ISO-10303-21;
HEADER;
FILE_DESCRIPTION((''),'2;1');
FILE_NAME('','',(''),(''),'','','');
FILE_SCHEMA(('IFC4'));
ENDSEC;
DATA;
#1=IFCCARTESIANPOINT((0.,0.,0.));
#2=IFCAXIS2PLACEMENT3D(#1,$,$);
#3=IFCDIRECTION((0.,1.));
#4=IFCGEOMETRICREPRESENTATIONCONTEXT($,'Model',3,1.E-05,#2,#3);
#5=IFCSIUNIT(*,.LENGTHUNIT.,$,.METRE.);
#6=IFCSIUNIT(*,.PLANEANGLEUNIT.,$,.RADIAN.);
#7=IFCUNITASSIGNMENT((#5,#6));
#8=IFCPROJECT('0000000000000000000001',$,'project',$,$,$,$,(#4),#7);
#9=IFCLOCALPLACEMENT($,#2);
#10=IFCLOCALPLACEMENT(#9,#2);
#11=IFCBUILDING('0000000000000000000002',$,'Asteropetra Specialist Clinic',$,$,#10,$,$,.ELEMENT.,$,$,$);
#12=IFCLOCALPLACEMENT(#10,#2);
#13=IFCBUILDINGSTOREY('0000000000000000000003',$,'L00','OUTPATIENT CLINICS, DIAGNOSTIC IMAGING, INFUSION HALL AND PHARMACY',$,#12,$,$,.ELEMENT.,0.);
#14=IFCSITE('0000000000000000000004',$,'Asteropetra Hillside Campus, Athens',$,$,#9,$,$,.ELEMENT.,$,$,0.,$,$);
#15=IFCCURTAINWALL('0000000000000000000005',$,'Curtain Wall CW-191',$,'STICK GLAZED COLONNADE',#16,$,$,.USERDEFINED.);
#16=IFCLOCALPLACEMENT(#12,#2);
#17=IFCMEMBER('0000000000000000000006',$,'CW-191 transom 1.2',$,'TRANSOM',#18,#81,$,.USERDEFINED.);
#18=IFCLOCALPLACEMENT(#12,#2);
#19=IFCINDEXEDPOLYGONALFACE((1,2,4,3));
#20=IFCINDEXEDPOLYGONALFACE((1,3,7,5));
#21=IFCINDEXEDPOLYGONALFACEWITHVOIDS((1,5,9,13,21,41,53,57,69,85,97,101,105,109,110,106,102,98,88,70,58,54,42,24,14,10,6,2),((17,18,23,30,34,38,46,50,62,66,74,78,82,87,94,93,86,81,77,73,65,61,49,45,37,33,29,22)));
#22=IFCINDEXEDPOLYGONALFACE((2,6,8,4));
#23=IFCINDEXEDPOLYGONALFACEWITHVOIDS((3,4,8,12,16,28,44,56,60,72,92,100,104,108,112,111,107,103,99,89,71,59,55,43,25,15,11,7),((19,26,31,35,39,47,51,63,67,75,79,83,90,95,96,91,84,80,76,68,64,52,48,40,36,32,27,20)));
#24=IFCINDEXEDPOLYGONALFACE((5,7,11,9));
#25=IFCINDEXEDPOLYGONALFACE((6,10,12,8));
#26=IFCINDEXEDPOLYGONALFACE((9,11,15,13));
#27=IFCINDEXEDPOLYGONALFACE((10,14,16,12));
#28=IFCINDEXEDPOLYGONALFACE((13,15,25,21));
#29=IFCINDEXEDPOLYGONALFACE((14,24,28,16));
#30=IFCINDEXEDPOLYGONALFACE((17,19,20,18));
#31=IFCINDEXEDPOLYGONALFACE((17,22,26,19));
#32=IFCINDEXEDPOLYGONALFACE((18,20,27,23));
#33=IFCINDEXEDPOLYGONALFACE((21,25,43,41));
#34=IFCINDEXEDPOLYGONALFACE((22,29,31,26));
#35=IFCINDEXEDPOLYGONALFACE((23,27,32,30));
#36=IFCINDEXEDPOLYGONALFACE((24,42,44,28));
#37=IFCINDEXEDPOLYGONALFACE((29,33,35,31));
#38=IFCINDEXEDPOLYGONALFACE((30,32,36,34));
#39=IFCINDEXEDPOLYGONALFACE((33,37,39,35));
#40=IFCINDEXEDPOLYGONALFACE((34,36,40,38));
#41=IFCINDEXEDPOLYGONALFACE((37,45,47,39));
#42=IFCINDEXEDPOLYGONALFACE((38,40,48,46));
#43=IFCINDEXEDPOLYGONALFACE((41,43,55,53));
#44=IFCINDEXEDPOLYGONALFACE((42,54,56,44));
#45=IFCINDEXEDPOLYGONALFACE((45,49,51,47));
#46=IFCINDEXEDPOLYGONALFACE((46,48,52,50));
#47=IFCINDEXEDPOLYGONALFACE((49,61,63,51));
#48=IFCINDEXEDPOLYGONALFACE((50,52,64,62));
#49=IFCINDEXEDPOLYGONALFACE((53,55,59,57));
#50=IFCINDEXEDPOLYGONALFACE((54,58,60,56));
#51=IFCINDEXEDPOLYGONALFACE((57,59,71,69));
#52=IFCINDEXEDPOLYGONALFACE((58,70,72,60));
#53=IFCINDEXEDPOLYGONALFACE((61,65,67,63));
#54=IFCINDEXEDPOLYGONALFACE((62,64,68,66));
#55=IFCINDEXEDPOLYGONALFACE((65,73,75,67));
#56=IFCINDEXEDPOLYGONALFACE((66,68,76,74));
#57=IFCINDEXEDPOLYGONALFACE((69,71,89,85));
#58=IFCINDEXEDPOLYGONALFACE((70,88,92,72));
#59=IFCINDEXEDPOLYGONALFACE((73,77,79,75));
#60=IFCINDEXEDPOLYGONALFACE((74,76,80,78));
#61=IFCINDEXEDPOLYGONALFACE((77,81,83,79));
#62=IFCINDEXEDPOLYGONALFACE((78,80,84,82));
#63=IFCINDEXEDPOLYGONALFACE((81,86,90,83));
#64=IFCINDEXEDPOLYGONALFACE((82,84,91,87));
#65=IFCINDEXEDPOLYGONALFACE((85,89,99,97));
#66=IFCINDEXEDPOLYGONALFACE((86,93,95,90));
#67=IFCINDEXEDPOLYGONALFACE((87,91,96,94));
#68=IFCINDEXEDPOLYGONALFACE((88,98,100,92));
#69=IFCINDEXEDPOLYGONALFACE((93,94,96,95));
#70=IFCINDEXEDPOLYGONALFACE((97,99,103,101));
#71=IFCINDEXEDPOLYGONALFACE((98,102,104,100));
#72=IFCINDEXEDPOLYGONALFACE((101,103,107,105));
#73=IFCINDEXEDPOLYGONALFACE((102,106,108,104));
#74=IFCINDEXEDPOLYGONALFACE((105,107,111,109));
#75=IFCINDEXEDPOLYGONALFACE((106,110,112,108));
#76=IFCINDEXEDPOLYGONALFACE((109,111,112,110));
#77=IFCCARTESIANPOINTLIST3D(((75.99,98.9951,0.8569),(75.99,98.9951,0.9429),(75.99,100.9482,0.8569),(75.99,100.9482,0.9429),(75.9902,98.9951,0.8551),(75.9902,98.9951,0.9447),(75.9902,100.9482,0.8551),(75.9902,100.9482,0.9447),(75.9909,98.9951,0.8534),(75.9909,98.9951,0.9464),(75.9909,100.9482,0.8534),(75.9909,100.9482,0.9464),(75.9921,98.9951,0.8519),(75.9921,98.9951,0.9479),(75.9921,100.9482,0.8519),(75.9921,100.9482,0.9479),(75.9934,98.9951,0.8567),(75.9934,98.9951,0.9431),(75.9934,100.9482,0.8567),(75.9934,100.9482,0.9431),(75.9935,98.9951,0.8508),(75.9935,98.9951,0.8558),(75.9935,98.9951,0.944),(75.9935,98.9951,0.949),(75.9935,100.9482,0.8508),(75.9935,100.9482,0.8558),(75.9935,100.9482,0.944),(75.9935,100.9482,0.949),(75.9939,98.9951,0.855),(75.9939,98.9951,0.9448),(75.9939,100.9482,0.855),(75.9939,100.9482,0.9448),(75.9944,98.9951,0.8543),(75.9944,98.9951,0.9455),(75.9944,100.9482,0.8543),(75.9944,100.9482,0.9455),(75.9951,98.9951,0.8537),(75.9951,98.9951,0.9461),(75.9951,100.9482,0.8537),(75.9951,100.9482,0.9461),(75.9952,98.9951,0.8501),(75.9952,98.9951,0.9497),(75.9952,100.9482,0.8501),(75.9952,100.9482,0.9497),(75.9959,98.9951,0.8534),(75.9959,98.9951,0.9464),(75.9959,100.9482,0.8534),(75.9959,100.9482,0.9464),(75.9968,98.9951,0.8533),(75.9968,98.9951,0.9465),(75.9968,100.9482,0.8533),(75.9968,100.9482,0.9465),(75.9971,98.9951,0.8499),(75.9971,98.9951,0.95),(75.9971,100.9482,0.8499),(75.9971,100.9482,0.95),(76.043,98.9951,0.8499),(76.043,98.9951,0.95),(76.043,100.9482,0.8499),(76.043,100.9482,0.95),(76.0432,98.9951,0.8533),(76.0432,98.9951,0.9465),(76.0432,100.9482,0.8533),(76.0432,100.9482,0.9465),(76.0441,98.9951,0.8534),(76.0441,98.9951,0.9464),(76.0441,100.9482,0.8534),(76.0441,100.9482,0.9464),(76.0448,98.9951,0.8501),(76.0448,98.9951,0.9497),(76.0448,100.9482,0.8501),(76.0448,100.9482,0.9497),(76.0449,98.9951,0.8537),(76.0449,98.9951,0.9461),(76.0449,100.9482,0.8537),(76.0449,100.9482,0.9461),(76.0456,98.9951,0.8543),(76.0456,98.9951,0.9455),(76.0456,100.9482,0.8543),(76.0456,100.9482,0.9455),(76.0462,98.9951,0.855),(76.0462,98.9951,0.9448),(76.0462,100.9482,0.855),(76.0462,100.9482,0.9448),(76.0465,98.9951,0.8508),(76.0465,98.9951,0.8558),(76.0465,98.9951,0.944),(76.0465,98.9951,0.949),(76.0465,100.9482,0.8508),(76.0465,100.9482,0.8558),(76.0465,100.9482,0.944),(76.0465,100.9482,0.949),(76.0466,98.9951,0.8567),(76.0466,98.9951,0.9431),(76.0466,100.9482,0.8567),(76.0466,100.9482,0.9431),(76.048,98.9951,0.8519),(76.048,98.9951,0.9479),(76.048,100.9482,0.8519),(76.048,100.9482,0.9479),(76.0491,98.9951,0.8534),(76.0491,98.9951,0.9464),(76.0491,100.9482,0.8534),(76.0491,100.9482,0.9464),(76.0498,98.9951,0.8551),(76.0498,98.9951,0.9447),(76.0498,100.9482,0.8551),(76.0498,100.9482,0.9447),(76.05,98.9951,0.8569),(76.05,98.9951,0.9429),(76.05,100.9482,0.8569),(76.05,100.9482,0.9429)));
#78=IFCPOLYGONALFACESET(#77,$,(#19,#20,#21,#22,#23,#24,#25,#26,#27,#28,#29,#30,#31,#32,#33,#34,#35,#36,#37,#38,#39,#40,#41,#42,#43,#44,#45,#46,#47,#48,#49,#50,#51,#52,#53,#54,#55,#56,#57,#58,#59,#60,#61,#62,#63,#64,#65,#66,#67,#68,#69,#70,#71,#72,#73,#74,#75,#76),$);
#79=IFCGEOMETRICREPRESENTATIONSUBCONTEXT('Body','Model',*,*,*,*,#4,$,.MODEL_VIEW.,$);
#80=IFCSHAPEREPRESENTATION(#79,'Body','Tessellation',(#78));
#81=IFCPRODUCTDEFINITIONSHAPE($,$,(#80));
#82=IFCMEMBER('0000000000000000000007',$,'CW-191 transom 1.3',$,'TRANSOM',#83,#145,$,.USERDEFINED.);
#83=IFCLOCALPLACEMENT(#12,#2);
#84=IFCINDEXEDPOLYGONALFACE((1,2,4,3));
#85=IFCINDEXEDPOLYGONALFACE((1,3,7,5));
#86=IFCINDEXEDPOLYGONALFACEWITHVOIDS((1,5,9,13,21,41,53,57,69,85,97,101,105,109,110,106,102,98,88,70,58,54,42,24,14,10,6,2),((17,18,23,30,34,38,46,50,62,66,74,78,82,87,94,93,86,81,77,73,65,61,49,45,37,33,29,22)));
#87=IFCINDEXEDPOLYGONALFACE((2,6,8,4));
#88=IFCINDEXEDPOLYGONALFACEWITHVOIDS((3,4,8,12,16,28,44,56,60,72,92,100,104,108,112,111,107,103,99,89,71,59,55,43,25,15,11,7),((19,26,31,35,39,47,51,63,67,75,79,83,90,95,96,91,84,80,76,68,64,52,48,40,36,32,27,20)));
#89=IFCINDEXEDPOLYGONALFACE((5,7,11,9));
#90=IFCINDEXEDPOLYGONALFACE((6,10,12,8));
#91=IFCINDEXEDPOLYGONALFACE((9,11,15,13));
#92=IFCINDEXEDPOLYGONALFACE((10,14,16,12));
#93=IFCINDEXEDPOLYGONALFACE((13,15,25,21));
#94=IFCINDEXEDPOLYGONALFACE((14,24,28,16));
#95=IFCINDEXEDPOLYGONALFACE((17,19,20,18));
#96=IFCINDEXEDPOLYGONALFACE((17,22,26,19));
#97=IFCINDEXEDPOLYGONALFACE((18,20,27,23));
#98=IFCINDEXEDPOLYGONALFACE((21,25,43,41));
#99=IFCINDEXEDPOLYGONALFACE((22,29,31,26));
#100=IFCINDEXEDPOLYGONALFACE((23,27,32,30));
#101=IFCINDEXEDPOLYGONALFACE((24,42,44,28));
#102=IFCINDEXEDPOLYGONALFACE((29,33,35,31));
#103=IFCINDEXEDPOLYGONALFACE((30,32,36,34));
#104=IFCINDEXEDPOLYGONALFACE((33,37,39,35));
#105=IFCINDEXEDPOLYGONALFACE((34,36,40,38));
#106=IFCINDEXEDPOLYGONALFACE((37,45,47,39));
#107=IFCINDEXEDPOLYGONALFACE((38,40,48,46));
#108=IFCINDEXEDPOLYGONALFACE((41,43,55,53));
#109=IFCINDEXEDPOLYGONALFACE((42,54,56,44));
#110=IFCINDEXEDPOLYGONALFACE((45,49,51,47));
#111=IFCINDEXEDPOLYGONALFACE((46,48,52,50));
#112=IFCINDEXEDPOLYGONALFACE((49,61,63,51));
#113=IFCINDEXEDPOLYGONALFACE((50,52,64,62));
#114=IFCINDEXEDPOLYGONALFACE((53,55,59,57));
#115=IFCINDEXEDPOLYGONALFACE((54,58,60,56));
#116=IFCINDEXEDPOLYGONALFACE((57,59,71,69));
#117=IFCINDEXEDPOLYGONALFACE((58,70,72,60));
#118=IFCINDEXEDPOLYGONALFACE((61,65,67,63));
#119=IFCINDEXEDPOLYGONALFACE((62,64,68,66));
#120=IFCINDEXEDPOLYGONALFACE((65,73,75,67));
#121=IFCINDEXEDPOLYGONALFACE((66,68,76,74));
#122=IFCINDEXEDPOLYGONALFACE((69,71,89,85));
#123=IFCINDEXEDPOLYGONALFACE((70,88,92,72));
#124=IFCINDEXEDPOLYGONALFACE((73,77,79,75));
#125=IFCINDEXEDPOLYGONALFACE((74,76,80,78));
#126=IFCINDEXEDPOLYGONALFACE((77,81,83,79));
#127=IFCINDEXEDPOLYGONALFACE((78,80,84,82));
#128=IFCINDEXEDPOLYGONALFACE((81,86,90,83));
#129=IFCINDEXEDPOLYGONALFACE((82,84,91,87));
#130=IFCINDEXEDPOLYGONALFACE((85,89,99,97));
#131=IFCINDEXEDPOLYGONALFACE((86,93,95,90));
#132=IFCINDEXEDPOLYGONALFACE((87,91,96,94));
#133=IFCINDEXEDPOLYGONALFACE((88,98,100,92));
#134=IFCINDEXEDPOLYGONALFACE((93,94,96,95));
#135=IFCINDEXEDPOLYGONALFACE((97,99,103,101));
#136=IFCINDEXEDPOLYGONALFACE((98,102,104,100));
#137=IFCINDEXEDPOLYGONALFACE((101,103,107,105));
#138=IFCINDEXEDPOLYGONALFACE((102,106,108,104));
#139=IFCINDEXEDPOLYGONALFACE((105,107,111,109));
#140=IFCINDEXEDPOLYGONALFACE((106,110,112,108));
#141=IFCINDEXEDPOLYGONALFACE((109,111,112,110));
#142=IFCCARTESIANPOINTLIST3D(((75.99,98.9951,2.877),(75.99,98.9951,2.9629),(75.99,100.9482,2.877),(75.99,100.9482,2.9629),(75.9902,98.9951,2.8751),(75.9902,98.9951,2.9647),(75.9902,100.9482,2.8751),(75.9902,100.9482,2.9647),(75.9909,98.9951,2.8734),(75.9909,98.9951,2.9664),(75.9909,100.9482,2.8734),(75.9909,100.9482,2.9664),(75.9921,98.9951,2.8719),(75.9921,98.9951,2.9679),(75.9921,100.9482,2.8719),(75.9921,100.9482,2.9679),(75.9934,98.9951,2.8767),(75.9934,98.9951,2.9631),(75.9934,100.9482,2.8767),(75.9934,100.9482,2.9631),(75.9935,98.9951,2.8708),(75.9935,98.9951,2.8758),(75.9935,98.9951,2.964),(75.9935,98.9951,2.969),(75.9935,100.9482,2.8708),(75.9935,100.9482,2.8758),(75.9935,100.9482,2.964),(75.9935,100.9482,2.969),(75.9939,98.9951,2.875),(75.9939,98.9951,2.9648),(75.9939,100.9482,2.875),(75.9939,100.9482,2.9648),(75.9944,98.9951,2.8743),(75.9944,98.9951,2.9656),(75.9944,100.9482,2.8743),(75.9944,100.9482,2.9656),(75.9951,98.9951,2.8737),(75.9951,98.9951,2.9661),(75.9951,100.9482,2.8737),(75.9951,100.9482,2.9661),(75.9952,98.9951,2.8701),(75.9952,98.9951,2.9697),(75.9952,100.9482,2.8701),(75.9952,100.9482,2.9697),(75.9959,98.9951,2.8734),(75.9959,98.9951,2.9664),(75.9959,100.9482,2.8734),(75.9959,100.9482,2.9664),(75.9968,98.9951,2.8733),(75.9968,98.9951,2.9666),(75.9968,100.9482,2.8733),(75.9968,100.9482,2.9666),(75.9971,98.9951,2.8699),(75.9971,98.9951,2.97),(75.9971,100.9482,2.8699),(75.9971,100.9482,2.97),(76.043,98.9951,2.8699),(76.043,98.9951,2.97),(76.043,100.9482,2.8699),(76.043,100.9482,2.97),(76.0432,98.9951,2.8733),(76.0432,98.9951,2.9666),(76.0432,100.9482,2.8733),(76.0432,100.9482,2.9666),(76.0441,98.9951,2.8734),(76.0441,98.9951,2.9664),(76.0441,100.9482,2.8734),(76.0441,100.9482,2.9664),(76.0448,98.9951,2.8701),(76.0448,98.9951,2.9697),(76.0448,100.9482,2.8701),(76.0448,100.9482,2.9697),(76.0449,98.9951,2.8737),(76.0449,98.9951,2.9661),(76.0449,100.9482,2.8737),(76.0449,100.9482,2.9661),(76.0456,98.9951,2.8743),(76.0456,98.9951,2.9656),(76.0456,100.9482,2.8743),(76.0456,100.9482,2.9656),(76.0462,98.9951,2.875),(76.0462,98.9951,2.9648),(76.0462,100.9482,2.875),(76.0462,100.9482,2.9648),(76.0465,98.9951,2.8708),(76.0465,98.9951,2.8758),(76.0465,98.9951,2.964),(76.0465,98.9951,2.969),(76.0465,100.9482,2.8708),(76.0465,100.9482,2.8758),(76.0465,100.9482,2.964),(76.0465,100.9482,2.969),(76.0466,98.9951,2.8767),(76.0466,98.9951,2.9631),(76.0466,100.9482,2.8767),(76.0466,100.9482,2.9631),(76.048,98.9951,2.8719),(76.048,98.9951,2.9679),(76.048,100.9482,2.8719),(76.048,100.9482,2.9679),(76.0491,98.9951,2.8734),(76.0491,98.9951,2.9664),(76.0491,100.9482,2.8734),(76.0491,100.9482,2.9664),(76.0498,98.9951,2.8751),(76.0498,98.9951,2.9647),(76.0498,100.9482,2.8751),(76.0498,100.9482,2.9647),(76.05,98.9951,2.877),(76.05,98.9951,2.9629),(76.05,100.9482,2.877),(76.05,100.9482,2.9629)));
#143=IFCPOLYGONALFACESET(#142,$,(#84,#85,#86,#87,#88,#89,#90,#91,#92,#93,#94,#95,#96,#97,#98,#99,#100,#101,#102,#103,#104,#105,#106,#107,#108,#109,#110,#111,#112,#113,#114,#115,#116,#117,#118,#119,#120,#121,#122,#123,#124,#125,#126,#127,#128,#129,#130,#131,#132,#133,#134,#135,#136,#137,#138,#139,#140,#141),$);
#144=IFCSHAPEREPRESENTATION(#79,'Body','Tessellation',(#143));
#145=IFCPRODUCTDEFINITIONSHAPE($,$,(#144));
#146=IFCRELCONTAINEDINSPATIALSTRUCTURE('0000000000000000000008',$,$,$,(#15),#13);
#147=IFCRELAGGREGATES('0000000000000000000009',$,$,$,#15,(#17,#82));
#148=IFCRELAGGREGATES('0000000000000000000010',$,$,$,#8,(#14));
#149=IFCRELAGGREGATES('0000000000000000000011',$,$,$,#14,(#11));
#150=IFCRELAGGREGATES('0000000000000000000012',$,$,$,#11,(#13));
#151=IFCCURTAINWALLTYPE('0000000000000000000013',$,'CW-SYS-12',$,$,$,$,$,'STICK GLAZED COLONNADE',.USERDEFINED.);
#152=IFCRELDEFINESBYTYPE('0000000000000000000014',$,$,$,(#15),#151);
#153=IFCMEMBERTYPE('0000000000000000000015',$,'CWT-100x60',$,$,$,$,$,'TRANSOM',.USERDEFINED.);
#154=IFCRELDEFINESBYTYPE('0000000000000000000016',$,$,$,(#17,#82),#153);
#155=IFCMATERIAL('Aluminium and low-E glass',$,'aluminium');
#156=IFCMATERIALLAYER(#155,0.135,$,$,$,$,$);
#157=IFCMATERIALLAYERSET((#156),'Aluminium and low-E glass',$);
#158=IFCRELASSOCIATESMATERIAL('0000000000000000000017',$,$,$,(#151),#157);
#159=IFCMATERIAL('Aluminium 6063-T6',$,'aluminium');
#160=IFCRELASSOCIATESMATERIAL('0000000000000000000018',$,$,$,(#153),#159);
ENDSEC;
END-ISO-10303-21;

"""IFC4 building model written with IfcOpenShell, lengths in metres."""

from ifc_helpers import new_model, si_unit, direction, frame, origin, origin_2d, place, context, subcontext, project, spatial, hollow_rectangle, extrude, material, layer, layer_set, material_profile, profile_set, type_object, element, aggregate, save


model = new_model("IFC4")

# Units and contexts
model_context = context("Model", 3, precision=1e-05, world=origin(), true_north=direction((0.0, 1.0)))
body_context = subcontext(model_context, "Body", "Model", "MODEL_VIEW")
ifc_project = project(units=[si_unit("LENGTHUNIT", "METRE"), si_unit("PLANEANGLEUNIT", "RADIAN")], contexts=[model_context])

# Site, building, storey
site_placement = place(None, origin())
site = spatial("IfcSite", under=ifc_project, at=site_placement, Name="Asteropetra Hillside Campus, Athens", CompositionType="ELEMENT", RefElevation=0.0)
building_placement = place(site_placement, origin())
building = spatial("IfcBuilding", under=site, at=building_placement, Name="Asteropetra Specialist Clinic", CompositionType="ELEMENT")
storey_placement = place(building_placement, origin())
storey = spatial("IfcBuildingStorey", under=building, at=storey_placement, Name="L00", Description="OUTPATIENT CLINICS, DIAGNOSTIC IMAGING, INFUSION HALL AND PHARMACY", CompositionType="ELEMENT", Elevation=0.0)

# Curtain wall, members
ifc_material_1 = material(Name="Aluminium and low-E glass", Category="aluminium")
ifc_layer_1 = layer(ifc_material_1, 0.135)
ifc_layer_set_1 = layer_set([ifc_layer_1], Name="Aluminium and low-E glass")
curtain_wall_type = type_object("IfcCurtainWallType", Name="CW-SYS-12", ElementType="STICK GLAZED COLONNADE", PredefinedType="USERDEFINED", material=ifc_layer_set_1)
curtain_wall_placement = place(storey_placement, origin())
curtain_wall = element("IfcCurtainWall", 1, at=curtain_wall_placement, inside=storey, type_object=curtain_wall_type, Name="Curtain Wall CW-191", ObjectType="STICK GLAZED COLONNADE", PredefinedType="USERDEFINED")
ifc_material_2 = material(Name="Aluminium 6063-T6", Category="aluminium")
ifc_material_profile_1 = material_profile(ifc_material_2, hollow_rectangle(XDim=0.0601, YDim=0.1001, WallThickness=0.0034, InnerFilletRadius=0.0034, OuterFilletRadius=0.0071, at=origin_2d()), Name="TRN 100x60x3.5")
ifc_profile_set_1 = profile_set([ifc_material_profile_1], Name="Aluminium 6063-T6")
member_type_1 = type_object("IfcMemberType", Name="CWT-100x60", ElementType="TRANSOM", PredefinedType="USERDEFINED", material=ifc_profile_set_1)
member_1_placement = place(storey_placement, frame((76.02, 98.9951, 0.8999), z_axis=(0.0, 1.0, 0.0), x_axis=(-1.0, 0.0, 0.0)))
member_1 = element("IfcMember", 2, at=member_1_placement, type_object=member_type_1, Name="CW-191 transom 1.2", ObjectType="TRANSOM", PredefinedType="USERDEFINED", context=body_context, shape_type="SweptSolid", body=[
    extrude(hollow_rectangle(XDim=0.0601, YDim=0.1001, WallThickness=0.0034, InnerFilletRadius=0.0034, OuterFilletRadius=0.0071, at=origin_2d()), origin(), (0.0, 0.0, 1.0), 1.9531),
])
member_2_placement = place(storey_placement, frame((76.02, 98.9951, 2.9199), z_axis=(0.0, 1.0, 0.0), x_axis=(-1.0, 0.0, 0.0)))
member_2 = element("IfcMember", 3, at=member_2_placement, type_object=member_type_1, Name="CW-191 transom 1.3", ObjectType="TRANSOM", PredefinedType="USERDEFINED", context=body_context, shape_type="SweptSolid", body=[
    extrude(hollow_rectangle(XDim=0.0601, YDim=0.1001, WallThickness=0.0034, InnerFilletRadius=0.0034, OuterFilletRadius=0.0071, at=origin_2d()), origin(), (0.0, 0.0, 1.0), 1.9531),
])
aggregate(curtain_wall, [member_1, member_2])

save(model, "model.ifc")
